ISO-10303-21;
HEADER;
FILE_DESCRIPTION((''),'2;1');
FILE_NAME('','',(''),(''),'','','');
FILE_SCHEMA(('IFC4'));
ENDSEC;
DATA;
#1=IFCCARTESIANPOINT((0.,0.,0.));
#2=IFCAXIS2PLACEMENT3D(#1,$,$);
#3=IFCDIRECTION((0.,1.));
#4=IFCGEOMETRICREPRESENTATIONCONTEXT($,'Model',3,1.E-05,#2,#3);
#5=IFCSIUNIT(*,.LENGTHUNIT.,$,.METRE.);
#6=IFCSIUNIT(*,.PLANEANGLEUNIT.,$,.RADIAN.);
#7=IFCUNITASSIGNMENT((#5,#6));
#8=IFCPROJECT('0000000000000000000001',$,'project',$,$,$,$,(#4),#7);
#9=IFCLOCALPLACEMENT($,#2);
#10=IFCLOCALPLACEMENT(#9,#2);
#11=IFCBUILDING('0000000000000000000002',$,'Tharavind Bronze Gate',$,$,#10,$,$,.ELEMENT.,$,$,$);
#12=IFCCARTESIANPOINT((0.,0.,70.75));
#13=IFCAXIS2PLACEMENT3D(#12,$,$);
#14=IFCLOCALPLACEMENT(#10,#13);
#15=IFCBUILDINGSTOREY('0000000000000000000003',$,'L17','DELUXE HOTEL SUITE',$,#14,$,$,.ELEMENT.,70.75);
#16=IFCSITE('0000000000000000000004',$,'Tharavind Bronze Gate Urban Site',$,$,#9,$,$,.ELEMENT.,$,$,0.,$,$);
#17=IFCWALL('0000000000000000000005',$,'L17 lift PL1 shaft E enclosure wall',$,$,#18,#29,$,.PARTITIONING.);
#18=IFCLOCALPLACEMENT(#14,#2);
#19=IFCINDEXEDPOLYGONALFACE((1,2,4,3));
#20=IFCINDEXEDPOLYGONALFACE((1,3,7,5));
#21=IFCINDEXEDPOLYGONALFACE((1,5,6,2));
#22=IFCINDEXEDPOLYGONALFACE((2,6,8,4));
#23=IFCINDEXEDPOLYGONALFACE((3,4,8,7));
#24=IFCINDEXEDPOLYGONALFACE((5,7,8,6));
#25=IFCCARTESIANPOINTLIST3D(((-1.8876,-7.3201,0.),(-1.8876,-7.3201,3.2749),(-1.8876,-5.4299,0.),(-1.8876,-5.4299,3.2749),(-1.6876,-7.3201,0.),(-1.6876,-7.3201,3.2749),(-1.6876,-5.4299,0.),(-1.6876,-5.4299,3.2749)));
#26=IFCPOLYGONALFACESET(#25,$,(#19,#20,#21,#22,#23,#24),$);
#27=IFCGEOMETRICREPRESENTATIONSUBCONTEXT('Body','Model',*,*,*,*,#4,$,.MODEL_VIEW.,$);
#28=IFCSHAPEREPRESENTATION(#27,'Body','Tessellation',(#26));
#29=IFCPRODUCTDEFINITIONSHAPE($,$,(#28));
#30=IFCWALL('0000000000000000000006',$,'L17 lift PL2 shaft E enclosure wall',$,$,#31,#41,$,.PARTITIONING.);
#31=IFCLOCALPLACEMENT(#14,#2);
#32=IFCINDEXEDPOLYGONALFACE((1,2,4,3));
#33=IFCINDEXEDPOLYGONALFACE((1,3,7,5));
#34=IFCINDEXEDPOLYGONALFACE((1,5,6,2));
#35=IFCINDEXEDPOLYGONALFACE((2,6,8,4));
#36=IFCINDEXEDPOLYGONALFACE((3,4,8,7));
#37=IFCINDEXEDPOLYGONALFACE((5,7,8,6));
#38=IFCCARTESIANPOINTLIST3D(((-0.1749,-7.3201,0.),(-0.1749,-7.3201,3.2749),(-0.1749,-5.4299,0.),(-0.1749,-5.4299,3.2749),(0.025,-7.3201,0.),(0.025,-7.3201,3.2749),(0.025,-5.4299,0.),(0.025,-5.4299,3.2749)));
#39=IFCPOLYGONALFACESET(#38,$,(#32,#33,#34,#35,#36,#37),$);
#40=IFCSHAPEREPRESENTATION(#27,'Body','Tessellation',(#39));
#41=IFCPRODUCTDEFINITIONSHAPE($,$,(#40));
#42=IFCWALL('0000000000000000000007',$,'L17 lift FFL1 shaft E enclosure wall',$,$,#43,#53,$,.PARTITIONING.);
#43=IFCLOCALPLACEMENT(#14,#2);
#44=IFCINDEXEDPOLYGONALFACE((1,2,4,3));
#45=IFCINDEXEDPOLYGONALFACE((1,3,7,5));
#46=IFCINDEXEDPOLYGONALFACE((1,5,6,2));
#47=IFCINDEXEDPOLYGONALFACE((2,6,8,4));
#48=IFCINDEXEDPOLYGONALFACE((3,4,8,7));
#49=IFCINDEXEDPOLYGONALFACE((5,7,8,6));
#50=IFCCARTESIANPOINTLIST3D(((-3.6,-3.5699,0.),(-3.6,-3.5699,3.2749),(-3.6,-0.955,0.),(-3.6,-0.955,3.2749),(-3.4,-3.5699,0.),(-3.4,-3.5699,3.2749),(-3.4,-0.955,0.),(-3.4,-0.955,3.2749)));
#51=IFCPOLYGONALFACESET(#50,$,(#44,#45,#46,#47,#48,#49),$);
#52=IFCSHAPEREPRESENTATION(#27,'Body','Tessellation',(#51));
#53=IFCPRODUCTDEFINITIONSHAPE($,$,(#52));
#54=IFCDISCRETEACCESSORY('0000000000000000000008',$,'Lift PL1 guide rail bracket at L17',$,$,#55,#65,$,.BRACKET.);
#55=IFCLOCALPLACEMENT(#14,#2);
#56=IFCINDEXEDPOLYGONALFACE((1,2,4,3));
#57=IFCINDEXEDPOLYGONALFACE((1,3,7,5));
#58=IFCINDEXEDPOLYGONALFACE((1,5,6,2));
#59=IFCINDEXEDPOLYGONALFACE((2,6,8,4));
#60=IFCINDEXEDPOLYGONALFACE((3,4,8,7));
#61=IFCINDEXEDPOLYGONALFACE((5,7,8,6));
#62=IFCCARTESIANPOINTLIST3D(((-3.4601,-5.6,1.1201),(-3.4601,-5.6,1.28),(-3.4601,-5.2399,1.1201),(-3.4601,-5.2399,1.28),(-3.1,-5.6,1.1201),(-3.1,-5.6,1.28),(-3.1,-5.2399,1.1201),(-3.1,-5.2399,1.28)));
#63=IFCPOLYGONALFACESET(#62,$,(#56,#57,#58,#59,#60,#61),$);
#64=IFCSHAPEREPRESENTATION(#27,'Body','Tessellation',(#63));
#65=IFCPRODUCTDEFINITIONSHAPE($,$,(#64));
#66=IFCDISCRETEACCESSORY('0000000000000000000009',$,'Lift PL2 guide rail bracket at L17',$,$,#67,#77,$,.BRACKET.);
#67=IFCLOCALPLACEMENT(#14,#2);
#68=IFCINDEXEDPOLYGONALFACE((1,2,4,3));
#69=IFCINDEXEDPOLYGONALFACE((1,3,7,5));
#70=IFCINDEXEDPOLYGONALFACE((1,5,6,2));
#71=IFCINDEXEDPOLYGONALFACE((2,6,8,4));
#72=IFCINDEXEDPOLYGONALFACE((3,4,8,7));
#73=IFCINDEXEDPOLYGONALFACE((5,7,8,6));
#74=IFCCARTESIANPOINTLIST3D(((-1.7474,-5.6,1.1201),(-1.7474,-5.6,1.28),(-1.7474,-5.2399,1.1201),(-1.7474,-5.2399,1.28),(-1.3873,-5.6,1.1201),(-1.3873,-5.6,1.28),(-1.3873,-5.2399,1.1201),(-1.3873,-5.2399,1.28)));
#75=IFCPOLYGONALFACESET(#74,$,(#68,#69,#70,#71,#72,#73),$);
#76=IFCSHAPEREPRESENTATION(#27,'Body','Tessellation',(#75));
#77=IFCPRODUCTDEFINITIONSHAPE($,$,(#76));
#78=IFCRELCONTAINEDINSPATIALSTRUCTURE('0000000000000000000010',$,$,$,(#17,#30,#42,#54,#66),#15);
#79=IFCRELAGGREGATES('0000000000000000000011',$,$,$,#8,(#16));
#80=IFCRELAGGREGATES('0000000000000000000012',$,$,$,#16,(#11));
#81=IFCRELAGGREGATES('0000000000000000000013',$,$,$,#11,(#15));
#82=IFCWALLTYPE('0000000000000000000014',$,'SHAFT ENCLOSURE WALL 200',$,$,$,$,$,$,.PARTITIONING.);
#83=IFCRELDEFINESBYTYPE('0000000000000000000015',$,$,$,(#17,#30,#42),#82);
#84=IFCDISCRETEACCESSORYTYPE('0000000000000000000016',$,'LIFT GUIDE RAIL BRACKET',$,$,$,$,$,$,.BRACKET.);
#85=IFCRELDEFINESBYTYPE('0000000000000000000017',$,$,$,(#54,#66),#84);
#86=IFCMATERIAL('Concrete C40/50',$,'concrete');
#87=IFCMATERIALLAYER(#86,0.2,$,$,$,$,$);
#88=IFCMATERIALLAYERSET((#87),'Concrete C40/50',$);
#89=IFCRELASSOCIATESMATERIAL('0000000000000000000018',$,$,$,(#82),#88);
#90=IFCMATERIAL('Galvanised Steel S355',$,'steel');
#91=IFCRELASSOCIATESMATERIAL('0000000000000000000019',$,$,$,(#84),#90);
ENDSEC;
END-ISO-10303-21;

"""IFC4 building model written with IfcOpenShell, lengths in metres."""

from ifc_helpers import new_model, si_unit, direction, frame, frame_2d, origin, origin_2d, place, context, subcontext, project, spatial, rectangle, extrude, material, layer, layer_set, type_object, element, save


model = new_model("IFC4")

# Units and contexts
model_context = context("Model", 3, precision=1e-05, world=origin(), true_north=direction((0.0, 1.0)))
body_context = subcontext(model_context, "Body", "Model", "MODEL_VIEW")
ifc_project = project(units=[si_unit("LENGTHUNIT", "METRE"), si_unit("PLANEANGLEUNIT", "RADIAN")], contexts=[model_context])

# Site, building, storey
site_placement = place(None, origin())
site = spatial("IfcSite", under=ifc_project, at=site_placement, Name="Tharavind Bronze Gate Urban Site", CompositionType="ELEMENT", RefElevation=0.0)
building_placement = place(site_placement, origin())
building = spatial("IfcBuilding", under=site, at=building_placement, Name="Tharavind Bronze Gate", CompositionType="ELEMENT")
storey_placement = place(building_placement, frame((0.0, 0.0, 70.75)))
storey = spatial("IfcBuildingStorey", under=building, at=storey_placement, Name="L17", Description="DELUXE HOTEL SUITE", CompositionType="ELEMENT", Elevation=70.75)

# Walls
ifc_material_1 = material(Name="Concrete C40/50", Category="concrete")
ifc_layer_1 = layer(ifc_material_1, 0.2)
ifc_layer_set_1 = layer_set([ifc_layer_1], Name="Concrete C40/50")
wall_type_1 = type_object("IfcWallType", Name="SHAFT ENCLOSURE WALL 200", PredefinedType="PARTITIONING", material=ifc_layer_set_1)
for number, where, z_axis, x_axis, name in (
    (1, (-1.7876, -7.3201, 0.0), (0.0, 0.0, 1.0), (0.0, 1.0, 0.0), "L17 lift PL1 shaft E enclosure wall"),
    (2, (-0.075, -7.3201, 0.0), (0.0, 0.0, 1.0), (0.0, 1.0, 0.0), "L17 lift PL2 shaft E enclosure wall"),
):
    element("IfcWall", number, at=place(storey_placement, frame(where, z_axis=z_axis, x_axis=x_axis)), inside=storey, type_object=wall_type_1, Name=name, PredefinedType="PARTITIONING", context=body_context, shape_type="SweptSolid", body=[
        extrude(rectangle(XDim=1.8901, YDim=0.2, at=frame_2d((0.9451, 0.0))), origin(), (0.0, 0.0, 1.0), 3.2749),
    ])
wall_1_placement = place(storey_placement, frame((-3.5, -3.5701, 0.0), z_axis=(0.0, 0.0, 1.0), x_axis=(0.0, 1.0, 0.0)))
element("IfcWall", 3, at=wall_1_placement, inside=storey, type_object=wall_type_1, Name="L17 lift FFL1 shaft E enclosure wall", PredefinedType="PARTITIONING", context=body_context, shape_type="SweptSolid", body=[
    extrude(rectangle(XDim=2.615, YDim=0.2, at=frame_2d((1.3076, 0.0))), origin(), (0.0, 0.0, 1.0), 3.2749),
])

# Discrete accessories
ifc_material_2 = material(Name="Galvanised Steel S355", Category="steel")
discrete_accessory_type = type_object("IfcDiscreteAccessoryType", Name="LIFT GUIDE RAIL BRACKET", PredefinedType="BRACKET", material=ifc_material_2)
for number, where, z_axis, x_axis, name in (
    (4, (-3.28, -5.4199, 1.1201), (0.0, 0.0, 1.0), (1.0, 0.0, 0.0), "Lift PL1 guide rail bracket at L17"),
    (5, (-1.5674, -5.4199, 1.1201), (0.0, 0.0, 1.0), (1.0, 0.0, 0.0), "Lift PL2 guide rail bracket at L17"),
):
    element("IfcDiscreteAccessory", number, at=place(storey_placement, frame(where, z_axis=z_axis, x_axis=x_axis)), inside=storey, type_object=discrete_accessory_type, Name=name, PredefinedType="BRACKET", context=body_context, shape_type="SweptSolid", body=[
        extrude(rectangle(XDim=0.3601, YDim=0.3601, at=origin_2d()), origin(), (0.0, 0.0, 1.0), 0.1599),
    ])

save(model, "model.ifc")
